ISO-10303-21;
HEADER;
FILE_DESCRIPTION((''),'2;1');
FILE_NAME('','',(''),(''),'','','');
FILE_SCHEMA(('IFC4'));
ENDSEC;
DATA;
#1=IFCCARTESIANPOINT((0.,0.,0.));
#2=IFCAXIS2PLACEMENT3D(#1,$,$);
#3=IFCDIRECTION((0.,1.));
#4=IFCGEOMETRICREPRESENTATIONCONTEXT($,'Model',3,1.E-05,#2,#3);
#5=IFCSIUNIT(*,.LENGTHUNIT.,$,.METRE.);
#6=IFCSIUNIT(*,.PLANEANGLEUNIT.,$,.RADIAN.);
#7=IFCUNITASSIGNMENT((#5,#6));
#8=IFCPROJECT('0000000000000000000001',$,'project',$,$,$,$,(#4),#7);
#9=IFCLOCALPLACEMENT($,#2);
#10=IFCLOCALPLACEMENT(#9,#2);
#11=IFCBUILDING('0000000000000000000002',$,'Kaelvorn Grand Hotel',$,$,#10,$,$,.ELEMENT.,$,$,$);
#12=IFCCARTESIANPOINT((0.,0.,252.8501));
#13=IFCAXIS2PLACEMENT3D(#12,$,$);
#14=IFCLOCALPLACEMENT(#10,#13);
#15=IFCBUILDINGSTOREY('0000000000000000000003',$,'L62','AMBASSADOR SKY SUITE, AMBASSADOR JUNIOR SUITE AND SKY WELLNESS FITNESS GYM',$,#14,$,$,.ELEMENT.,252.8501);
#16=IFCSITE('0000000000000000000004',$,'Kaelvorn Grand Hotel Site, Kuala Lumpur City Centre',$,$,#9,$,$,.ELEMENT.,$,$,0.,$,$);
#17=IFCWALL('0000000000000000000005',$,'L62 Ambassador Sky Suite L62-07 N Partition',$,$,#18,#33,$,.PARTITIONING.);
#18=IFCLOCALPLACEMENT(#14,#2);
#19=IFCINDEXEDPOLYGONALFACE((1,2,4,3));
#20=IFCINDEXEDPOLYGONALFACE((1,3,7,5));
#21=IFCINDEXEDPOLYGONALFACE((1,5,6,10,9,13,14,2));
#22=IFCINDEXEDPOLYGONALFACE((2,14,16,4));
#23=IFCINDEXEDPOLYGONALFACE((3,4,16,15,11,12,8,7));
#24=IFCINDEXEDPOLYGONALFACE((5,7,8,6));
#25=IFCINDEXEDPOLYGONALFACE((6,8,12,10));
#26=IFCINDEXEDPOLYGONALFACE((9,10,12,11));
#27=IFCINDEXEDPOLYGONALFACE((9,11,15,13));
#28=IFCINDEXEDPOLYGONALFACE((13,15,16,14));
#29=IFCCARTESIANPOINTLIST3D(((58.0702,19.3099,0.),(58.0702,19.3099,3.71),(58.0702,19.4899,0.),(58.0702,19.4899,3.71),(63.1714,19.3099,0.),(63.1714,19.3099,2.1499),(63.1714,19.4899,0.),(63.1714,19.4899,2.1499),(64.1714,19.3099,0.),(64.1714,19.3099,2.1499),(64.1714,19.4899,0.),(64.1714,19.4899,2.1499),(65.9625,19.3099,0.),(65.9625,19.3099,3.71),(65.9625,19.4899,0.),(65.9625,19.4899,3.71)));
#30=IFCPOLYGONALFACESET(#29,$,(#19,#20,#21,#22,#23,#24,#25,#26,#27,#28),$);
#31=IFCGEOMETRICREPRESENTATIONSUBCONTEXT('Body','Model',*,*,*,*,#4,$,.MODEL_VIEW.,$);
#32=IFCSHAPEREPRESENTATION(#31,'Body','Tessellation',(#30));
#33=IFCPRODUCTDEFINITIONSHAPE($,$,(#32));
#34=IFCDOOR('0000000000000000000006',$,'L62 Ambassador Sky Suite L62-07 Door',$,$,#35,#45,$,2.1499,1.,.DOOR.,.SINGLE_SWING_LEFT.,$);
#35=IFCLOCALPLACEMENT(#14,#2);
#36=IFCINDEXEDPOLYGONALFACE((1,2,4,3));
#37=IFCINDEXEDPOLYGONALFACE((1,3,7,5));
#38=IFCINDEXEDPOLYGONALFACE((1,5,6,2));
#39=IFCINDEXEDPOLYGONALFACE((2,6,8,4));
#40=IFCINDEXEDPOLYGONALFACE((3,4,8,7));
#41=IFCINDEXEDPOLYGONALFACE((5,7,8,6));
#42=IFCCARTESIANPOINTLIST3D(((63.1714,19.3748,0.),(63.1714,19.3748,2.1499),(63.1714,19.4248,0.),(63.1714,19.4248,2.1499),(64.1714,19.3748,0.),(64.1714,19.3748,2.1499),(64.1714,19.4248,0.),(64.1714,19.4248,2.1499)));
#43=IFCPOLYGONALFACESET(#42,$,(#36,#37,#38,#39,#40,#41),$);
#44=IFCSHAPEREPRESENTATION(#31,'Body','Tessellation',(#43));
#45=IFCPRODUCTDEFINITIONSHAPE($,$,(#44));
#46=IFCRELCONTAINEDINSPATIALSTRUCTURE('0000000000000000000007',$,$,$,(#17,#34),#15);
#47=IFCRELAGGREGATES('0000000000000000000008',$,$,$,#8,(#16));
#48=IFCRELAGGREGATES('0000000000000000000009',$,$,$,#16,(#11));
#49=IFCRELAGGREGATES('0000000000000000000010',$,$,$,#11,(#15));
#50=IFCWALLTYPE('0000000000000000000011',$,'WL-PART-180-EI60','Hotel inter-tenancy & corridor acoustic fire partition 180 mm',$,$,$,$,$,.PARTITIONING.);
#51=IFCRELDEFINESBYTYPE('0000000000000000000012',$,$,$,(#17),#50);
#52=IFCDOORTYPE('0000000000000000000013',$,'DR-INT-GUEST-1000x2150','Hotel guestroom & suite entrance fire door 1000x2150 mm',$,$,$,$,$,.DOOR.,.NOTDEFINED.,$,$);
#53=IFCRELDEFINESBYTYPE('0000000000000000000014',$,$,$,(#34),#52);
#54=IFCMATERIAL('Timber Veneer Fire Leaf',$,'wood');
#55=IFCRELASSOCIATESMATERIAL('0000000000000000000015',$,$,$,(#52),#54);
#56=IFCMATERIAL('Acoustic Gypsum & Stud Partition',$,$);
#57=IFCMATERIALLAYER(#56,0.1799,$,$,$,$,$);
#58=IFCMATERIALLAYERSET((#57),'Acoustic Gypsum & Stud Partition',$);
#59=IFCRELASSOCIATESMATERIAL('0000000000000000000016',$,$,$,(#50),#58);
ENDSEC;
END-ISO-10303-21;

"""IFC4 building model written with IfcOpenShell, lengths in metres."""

from ifc_helpers import new_model, si_unit, direction, frame, frame_2d, origin, place, context, subcontext, project, spatial, rectangle, extrude, material, layer, layer_set, type_object, element, fill, save


model = new_model("IFC4")

# Units and contexts
model_context = context("Model", 3, precision=1e-05, world=origin(), true_north=direction((0.0, 1.0)))
body_context = subcontext(model_context, "Body", "Model", "MODEL_VIEW")
ifc_project = project(units=[si_unit("LENGTHUNIT", "METRE"), si_unit("PLANEANGLEUNIT", "RADIAN")], contexts=[model_context])

# Site, building, storey
site_placement = place(None, origin())
site = spatial("IfcSite", under=ifc_project, at=site_placement, Name="Kaelvorn Grand Hotel Site, Kuala Lumpur City Centre", CompositionType="ELEMENT", RefElevation=0.0)
building_placement = place(site_placement, origin())
building = spatial("IfcBuilding", under=site, at=building_placement, Name="Kaelvorn Grand Hotel", CompositionType="ELEMENT")
storey_placement = place(building_placement, frame((0.0, 0.0, 252.8501)))
storey = spatial("IfcBuildingStorey", under=building, at=storey_placement, Name="L62", Description="AMBASSADOR SKY SUITE, AMBASSADOR JUNIOR SUITE AND SKY WELLNESS FITNESS GYM", CompositionType="ELEMENT", Elevation=252.8501)

# Shared definitions
ifc_material_1 = material(Name="Acoustic Gypsum & Stud Partition")

# Shared definitions
ifc_material_2 = material(Name="Timber Veneer Fire Leaf", Category="wood")
door_type_1 = type_object("IfcDoorType", Name="DR-INT-GUEST-1000x2150", Description="Hotel guestroom & suite entrance fire door 1000x2150 mm", OperationType="NOTDEFINED", PredefinedType="DOOR", material=ifc_material_2)

# Wall, opening, door
ifc_layer_1 = layer(ifc_material_1, 0.1799)
ifc_layer_set_1 = layer_set([ifc_layer_1], Name="Acoustic Gypsum & Stud Partition")
wall_type_1 = type_object("IfcWallType", Name="WL-PART-180-EI60", Description="Hotel inter-tenancy & corridor acoustic fire partition 180 mm", PredefinedType="PARTITIONING", material=ifc_layer_set_1)
wall_1_placement = place(storey_placement, frame((58.0701, 19.3999, 0.0), z_axis=(0.0, 0.0, 1.0), x_axis=(1.0, 0.0, 0.0)))
wall_1 = element("IfcWall", 1, at=wall_1_placement, inside=storey, type_object=wall_type_1, Name="L62 Ambassador Sky Suite L62-07 N Partition", PredefinedType="PARTITIONING", context=body_context, shape_type="SweptSolid", body=[
    extrude(rectangle(XDim=7.8923, YDim=0.1799, at=frame_2d((3.9463, 0.0))), origin(), (0.0, 0.0, 1.0), 3.71),
])
opening_1_placement = place(wall_1_placement, frame((5.1013, 0.0, 0.0)))
opening_1 = element("IfcOpeningElement", 2, at=opening_1_placement, cuts=wall_1, PredefinedType="OPENING", context=body_context, shape_type="SweptSolid", body=[
    extrude(rectangle(XDim=1.0, YDim=2.1499, at=frame_2d((0.5, 1.075))), frame((0.0, 0.1001, 0.0), z_axis=(0.0, -1.0, 0.0), x_axis=(1.0, 0.0, 0.0)), (0.0, 0.0, 1.0), 0.2),
])
door_1_placement = place(opening_1_placement, origin())
door_1 = element("IfcDoor", 3, at=door_1_placement, inside=storey, type_object=door_type_1, Name="L62 Ambassador Sky Suite L62-07 Door", OperationType="SINGLE_SWING_LEFT", OverallHeight=2.1499, OverallWidth=1.0, PredefinedType="DOOR", context=body_context, shape_type="SweptSolid", body=[
    extrude(rectangle(XDim=1.0, YDim=2.1499, at=frame_2d((0.5, 1.075))), frame((0.0, 0.0249, 0.0), z_axis=(0.0, -1.0, 0.0), x_axis=(1.0, 0.0, 0.0)), (0.0, 0.0, 1.0), 0.05),
])
fill(opening_1, door_1)

save(model, "model.ifc")
